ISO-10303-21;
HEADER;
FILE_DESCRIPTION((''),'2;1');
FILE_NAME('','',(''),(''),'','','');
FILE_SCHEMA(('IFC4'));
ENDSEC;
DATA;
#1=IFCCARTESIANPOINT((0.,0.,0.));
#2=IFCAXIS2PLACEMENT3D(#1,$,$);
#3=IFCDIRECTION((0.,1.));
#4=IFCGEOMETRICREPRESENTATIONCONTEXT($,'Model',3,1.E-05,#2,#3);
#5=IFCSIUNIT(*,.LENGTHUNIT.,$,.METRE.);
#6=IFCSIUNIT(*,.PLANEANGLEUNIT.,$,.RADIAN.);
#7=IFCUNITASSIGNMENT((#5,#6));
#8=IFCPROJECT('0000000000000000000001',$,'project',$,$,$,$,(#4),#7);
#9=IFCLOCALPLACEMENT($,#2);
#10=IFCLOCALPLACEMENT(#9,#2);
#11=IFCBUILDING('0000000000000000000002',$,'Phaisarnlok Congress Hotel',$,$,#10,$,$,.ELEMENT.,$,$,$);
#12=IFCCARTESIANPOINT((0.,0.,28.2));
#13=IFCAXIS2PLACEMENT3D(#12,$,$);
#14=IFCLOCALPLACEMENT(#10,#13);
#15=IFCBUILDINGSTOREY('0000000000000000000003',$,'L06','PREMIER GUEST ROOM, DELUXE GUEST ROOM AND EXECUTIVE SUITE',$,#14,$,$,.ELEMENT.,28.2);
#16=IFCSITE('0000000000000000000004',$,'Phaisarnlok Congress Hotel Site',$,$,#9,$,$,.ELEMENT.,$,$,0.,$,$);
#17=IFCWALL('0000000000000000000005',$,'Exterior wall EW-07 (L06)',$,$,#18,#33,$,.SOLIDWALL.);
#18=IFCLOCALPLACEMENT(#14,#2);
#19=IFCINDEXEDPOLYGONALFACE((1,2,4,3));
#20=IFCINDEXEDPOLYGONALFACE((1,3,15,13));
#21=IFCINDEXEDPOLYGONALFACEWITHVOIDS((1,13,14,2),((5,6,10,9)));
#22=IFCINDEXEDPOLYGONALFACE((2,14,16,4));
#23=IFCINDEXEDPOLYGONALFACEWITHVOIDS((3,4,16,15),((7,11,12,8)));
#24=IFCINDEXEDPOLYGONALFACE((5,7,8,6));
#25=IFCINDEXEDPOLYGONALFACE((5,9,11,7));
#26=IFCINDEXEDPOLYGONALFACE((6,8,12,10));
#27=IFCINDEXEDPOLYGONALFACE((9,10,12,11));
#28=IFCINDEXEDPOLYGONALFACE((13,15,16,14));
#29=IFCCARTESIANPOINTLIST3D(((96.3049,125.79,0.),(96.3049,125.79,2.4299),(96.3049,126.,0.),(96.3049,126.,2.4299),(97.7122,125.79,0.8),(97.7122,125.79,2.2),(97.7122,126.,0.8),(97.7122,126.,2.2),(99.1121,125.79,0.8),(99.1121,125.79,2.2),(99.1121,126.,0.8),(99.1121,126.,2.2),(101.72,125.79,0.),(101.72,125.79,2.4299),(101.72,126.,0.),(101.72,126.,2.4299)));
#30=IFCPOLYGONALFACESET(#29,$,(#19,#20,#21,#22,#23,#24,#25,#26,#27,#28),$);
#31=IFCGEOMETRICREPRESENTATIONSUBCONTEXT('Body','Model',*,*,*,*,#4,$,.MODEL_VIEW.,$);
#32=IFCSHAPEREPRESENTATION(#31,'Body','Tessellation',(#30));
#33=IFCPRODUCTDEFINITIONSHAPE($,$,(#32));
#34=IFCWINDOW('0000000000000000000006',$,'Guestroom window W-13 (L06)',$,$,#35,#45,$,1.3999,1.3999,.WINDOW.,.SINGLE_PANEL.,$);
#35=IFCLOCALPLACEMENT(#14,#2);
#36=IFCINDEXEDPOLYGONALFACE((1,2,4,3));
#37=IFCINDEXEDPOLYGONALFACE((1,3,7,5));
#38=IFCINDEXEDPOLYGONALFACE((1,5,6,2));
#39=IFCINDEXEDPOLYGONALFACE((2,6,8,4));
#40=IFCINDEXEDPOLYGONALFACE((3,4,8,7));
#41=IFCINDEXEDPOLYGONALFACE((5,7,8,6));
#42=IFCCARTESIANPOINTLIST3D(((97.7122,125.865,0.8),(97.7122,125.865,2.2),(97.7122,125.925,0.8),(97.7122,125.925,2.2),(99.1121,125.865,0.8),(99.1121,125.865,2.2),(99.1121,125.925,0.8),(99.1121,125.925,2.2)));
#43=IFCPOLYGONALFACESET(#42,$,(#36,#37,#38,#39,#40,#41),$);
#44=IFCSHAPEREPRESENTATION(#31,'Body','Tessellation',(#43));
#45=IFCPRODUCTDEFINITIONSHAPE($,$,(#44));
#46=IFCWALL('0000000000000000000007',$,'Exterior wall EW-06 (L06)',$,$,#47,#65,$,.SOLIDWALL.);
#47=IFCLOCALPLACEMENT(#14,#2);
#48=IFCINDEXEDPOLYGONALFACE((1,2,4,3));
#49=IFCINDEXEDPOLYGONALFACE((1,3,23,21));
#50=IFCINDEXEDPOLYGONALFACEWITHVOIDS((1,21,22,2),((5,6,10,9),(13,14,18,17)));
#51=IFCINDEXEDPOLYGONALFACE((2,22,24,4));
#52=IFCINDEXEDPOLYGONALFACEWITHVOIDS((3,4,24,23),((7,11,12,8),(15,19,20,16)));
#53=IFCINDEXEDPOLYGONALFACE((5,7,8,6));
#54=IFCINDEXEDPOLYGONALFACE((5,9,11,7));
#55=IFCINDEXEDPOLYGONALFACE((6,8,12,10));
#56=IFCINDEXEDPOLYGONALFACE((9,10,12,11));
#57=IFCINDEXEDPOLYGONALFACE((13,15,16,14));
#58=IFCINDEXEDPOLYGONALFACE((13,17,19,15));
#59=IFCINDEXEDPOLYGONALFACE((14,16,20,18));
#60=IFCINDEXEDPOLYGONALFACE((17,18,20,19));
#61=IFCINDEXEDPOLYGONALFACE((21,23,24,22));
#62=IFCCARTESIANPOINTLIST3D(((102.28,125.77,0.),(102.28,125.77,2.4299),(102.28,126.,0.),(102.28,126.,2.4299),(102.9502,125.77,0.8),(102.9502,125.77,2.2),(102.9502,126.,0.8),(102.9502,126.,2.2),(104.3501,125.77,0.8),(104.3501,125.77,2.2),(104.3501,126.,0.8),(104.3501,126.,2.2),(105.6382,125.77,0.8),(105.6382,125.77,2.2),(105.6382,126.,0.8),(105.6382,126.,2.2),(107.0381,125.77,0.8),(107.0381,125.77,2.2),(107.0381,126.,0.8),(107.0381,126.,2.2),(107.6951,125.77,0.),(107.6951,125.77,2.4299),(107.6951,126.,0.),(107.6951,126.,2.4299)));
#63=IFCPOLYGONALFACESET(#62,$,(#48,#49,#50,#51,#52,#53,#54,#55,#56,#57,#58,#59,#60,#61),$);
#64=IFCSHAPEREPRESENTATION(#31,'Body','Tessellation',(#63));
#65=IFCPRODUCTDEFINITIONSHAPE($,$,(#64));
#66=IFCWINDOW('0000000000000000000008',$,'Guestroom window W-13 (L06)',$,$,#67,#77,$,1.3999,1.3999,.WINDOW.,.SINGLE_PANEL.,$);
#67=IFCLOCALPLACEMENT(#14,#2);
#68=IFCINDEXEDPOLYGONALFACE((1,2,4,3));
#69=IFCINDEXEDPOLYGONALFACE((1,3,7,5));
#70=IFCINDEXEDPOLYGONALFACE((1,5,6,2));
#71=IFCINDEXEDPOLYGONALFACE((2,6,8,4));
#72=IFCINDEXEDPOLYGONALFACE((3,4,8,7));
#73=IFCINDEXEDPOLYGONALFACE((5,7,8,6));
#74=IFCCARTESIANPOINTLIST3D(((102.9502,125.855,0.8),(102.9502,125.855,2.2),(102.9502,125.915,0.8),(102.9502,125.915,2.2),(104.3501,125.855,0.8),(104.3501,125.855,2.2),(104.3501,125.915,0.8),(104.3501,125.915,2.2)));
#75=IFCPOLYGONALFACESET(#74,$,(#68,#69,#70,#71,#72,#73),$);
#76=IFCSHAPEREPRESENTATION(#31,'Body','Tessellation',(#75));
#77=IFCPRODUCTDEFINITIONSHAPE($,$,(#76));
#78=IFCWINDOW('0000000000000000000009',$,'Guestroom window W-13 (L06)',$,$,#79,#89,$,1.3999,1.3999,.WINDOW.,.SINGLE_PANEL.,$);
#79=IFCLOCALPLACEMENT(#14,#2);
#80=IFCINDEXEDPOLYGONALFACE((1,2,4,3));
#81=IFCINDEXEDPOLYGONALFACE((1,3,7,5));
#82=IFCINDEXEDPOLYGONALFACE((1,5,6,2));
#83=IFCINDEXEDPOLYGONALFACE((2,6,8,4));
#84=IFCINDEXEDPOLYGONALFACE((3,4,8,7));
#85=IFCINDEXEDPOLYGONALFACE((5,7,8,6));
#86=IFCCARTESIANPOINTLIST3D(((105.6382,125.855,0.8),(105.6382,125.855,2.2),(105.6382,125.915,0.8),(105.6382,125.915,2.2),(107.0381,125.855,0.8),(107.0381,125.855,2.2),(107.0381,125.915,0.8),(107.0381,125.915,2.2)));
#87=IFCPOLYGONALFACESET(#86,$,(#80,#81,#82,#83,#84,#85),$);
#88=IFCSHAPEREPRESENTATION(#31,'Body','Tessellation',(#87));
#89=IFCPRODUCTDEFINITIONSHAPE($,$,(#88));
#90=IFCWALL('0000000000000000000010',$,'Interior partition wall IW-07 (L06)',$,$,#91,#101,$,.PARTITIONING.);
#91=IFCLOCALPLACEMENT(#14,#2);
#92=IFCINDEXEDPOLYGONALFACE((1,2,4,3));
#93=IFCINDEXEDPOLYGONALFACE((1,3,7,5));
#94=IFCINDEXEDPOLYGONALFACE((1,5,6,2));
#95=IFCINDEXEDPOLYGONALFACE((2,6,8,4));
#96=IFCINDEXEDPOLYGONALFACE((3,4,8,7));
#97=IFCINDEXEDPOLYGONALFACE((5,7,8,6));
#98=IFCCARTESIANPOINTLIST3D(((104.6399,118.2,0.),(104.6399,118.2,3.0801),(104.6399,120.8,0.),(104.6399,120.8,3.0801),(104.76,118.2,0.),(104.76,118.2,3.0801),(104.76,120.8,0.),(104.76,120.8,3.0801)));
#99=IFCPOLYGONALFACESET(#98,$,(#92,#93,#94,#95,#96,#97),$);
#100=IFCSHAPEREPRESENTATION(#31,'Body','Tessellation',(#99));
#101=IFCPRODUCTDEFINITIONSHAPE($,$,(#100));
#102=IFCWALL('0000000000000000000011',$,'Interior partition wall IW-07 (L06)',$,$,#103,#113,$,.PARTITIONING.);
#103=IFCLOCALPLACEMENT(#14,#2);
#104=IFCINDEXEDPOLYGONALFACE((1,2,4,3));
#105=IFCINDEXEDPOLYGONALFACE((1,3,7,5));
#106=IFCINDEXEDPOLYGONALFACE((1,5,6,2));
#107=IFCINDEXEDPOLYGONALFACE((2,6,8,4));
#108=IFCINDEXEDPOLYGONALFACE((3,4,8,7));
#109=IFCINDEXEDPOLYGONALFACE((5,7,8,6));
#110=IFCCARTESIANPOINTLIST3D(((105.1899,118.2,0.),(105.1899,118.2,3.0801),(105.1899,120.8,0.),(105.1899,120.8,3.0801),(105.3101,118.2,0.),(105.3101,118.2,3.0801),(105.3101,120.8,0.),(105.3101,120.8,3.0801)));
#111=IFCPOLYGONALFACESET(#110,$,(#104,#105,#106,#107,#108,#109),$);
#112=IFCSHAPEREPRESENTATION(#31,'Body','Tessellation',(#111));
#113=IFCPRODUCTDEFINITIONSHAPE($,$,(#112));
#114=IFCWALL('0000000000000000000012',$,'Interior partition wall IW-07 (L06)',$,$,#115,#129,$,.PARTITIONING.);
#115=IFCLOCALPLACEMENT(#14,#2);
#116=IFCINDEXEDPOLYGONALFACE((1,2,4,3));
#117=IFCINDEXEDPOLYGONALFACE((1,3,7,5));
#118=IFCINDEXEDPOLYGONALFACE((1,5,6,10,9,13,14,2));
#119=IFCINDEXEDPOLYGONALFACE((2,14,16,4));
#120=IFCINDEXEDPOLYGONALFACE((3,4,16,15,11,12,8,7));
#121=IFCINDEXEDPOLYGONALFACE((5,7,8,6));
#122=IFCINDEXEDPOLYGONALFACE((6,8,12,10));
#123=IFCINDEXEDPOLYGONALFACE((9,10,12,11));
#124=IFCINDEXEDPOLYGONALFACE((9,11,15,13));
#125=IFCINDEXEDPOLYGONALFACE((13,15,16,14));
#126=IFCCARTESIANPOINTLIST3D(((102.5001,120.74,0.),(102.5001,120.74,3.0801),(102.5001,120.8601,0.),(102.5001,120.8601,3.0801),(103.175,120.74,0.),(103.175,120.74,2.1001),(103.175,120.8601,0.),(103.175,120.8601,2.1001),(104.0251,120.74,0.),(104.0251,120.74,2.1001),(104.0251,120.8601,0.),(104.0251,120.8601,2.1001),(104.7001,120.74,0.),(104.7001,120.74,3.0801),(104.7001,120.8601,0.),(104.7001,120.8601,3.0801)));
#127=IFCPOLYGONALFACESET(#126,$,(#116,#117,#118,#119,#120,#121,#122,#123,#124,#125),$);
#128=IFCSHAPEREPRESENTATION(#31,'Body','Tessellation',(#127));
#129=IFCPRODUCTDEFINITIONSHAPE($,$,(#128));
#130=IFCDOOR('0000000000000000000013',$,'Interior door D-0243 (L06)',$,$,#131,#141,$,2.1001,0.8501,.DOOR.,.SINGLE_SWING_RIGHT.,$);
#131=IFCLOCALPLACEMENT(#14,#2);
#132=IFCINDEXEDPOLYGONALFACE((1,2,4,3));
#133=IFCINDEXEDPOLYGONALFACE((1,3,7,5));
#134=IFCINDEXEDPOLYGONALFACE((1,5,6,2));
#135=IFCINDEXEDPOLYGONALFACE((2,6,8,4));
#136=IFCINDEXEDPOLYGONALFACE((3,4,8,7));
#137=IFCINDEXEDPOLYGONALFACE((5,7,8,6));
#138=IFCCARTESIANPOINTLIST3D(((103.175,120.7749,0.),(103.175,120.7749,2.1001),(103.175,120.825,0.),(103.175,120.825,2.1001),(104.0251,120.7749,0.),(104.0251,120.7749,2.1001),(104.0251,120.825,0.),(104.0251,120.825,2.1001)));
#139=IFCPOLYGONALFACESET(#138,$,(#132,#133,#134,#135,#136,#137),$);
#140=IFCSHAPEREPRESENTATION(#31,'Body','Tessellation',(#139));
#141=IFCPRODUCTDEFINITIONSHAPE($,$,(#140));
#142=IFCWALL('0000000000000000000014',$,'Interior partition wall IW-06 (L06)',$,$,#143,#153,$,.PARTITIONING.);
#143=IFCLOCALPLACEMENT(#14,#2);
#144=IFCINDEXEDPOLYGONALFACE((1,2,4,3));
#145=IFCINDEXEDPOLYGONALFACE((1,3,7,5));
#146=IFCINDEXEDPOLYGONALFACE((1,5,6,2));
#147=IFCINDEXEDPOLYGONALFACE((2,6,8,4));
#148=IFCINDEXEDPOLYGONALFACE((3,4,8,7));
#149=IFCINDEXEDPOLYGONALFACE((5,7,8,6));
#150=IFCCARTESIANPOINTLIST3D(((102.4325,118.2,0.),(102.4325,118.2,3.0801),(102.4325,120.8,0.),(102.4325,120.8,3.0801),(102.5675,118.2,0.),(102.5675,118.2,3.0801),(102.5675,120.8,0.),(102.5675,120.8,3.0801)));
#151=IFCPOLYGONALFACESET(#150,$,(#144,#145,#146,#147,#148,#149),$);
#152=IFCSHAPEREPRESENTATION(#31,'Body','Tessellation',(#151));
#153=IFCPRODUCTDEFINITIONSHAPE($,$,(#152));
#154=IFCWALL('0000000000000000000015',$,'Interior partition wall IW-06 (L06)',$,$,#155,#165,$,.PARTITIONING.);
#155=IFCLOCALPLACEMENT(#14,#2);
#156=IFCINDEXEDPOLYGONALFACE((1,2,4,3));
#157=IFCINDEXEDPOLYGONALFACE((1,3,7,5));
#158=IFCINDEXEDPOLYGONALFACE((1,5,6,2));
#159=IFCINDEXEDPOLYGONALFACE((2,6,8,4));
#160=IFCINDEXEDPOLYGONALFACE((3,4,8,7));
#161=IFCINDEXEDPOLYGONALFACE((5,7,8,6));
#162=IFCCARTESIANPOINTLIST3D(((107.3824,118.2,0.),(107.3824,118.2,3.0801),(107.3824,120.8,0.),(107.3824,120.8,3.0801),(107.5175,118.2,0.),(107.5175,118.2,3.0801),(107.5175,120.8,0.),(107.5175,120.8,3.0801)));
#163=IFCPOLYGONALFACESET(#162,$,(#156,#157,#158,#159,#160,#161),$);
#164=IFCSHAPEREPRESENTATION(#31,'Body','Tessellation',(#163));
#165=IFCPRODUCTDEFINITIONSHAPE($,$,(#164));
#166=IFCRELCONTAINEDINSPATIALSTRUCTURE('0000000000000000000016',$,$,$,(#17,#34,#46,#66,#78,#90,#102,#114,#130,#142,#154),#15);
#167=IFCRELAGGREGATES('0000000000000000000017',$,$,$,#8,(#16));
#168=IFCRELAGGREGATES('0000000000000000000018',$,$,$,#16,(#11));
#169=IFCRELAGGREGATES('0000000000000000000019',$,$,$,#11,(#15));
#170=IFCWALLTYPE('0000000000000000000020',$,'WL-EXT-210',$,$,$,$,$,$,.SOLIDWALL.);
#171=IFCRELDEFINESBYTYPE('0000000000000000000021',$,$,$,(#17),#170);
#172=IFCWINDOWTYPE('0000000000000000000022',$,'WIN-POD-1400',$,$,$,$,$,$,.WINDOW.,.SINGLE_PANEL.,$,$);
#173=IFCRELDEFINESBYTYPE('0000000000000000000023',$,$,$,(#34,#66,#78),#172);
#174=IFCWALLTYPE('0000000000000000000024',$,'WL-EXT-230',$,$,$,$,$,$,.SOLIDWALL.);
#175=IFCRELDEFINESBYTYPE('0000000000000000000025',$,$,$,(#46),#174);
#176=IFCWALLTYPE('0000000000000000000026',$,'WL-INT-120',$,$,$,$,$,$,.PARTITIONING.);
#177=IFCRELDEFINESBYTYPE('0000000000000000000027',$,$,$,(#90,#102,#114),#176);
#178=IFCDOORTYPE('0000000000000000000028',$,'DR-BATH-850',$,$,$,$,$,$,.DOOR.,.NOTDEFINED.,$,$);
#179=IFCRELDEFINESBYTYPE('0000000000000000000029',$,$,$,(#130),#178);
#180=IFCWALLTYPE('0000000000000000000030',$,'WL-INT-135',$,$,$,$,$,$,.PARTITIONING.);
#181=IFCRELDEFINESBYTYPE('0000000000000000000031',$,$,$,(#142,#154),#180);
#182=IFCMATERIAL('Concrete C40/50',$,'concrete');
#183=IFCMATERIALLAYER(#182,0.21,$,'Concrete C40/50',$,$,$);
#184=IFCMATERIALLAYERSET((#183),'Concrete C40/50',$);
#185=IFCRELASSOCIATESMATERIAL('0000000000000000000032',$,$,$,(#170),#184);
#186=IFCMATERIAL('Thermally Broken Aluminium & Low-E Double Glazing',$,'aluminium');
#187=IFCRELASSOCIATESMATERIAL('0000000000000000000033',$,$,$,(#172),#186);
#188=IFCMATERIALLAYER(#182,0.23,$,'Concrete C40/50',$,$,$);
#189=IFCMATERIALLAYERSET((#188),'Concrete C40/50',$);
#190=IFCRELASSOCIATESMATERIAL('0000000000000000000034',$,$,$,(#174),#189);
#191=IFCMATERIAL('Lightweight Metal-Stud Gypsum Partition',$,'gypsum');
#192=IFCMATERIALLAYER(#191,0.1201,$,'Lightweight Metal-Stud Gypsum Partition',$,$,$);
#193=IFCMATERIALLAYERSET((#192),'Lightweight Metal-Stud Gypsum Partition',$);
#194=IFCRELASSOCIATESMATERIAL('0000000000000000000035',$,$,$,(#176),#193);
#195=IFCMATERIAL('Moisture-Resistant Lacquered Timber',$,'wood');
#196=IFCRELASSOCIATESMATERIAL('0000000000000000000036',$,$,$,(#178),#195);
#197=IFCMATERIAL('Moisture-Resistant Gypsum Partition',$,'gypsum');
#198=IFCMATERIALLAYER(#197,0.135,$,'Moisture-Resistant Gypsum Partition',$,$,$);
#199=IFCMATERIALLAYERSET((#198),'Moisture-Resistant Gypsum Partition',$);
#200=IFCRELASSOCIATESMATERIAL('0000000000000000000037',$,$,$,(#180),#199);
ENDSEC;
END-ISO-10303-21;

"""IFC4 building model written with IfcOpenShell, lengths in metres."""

from ifc_helpers import new_model, si_unit, direction, frame, frame_2d, origin, place, context, subcontext, project, spatial, rectangle, extrude, material, layer, layer_set, type_object, element, fill, save


model = new_model("IFC4")

# Units and contexts
model_context = context("Model", 3, precision=1e-05, world=origin(), true_north=direction((0.0, 1.0)))
body_context = subcontext(model_context, "Body", "Model", "MODEL_VIEW")
ifc_project = project(units=[si_unit("LENGTHUNIT", "METRE"), si_unit("PLANEANGLEUNIT", "RADIAN")], contexts=[model_context])

# Site, building, storey
site_placement = place(None, origin())
site = spatial("IfcSite", under=ifc_project, at=site_placement, Name="Phaisarnlok Congress Hotel Site", CompositionType="ELEMENT", RefElevation=0.0)
building_placement = place(site_placement, origin())
building = spatial("IfcBuilding", under=site, at=building_placement, Name="Phaisarnlok Congress Hotel", CompositionType="ELEMENT")
storey_placement = place(building_placement, frame((0.0, 0.0, 28.2)))
storey = spatial("IfcBuildingStorey", under=building, at=storey_placement, Name="L06", Description="PREMIER GUEST ROOM, DELUXE GUEST ROOM AND EXECUTIVE SUITE", CompositionType="ELEMENT", Elevation=28.2)

# Shared definitions
ifc_material_1 = material(Name="Concrete C40/50", Category="concrete")

# Wall, opening, window
ifc_layer_1 = layer(ifc_material_1, 0.21, Name="Concrete C40/50")
ifc_layer_set_1 = layer_set([ifc_layer_1], Name="Concrete C40/50")
wall_type_1 = type_object("IfcWallType", Name="WL-EXT-210", PredefinedType="SOLIDWALL", material=ifc_layer_set_1)
wall_1_placement = place(storey_placement, frame((101.72, 125.895, 0.0), z_axis=(0.0, 0.0, 1.0), x_axis=(-1.0, 0.0, 0.0)))
wall_1 = element("IfcWall", 1, at=wall_1_placement, inside=storey, type_object=wall_type_1, Name="Exterior wall EW-07 (L06)", PredefinedType="SOLIDWALL", context=body_context, shape_type="SweptSolid", body=[
    extrude(rectangle(XDim=5.415, YDim=0.21, at=frame_2d((2.7075, 0.0))), origin(), (0.0, 0.0, 1.0), 2.4299),
])
opening_1_placement = place(wall_1_placement, frame((2.6079, 0.0, 0.8)))
opening_1 = element("IfcOpeningElement", 2, at=opening_1_placement, cuts=wall_1, PredefinedType="OPENING", context=body_context, shape_type="SweptSolid", body=[
    extrude(rectangle(XDim=1.3999, YDim=1.3999, at=frame_2d((0.7, 0.7))), frame((0.0, 0.115, 0.0), z_axis=(0.0, -1.0, 0.0), x_axis=(1.0, 0.0, 0.0)), (0.0, 0.0, 1.0), 0.23),
])
ifc_material_2 = material(Name="Thermally Broken Aluminium & Low-E Double Glazing", Category="aluminium")
window_type = type_object("IfcWindowType", Name="WIN-POD-1400", PartitioningType="SINGLE_PANEL", PredefinedType="WINDOW", material=ifc_material_2)
window_1_placement = place(opening_1_placement, origin())
window_1 = element("IfcWindow", 3, at=window_1_placement, inside=storey, type_object=window_type, Name="Guestroom window W-13 (L06)", OverallHeight=1.3999, OverallWidth=1.3999, PartitioningType="SINGLE_PANEL", PredefinedType="WINDOW", context=body_context, shape_type="SweptSolid", body=[
    extrude(rectangle(XDim=1.3999, YDim=1.3999, at=frame_2d((0.7, 0.7))), frame((0.0, 0.03, 0.0), z_axis=(0.0, -1.0, 0.0), x_axis=(1.0, 0.0, 0.0)), (0.0, 0.0, 1.0), 0.0601),
])
fill(opening_1, window_1)

# Wall, openings, windows
ifc_layer_2 = layer(ifc_material_1, 0.23, Name="Concrete C40/50")
ifc_layer_set_2 = layer_set([ifc_layer_2], Name="Concrete C40/50")
wall_type_2 = type_object("IfcWallType", Name="WL-EXT-230", PredefinedType="SOLIDWALL", material=ifc_layer_set_2)
wall_2_placement = place(storey_placement, frame((107.6951, 125.885, 0.0), z_axis=(0.0, 0.0, 1.0), x_axis=(-1.0, 0.0, 0.0)))
wall_2 = element("IfcWall", 4, at=wall_2_placement, inside=storey, type_object=wall_type_2, Name="Exterior wall EW-06 (L06)", PredefinedType="SOLIDWALL", context=body_context, shape_type="SweptSolid", body=[
    extrude(rectangle(XDim=5.415, YDim=0.23, at=frame_2d((2.7075, 0.0))), origin(), (0.0, 0.0, 1.0), 2.4299),
])
opening_2_placement = place(wall_2_placement, frame((3.345, 0.0, 0.8)))
opening_2 = element("IfcOpeningElement", 5, at=opening_2_placement, cuts=wall_2, PredefinedType="OPENING", context=body_context, shape_type="SweptSolid", body=[
    extrude(rectangle(XDim=1.3999, YDim=1.3999, at=frame_2d((0.7, 0.7))), frame((0.0, 0.125, 0.0), z_axis=(0.0, -1.0, 0.0), x_axis=(1.0, 0.0, 0.0)), (0.0, 0.0, 1.0), 0.25),
])
opening_3_placement = place(wall_2_placement, frame((0.657, 0.0, 0.8)))
opening_3 = element("IfcOpeningElement", 6, at=opening_3_placement, cuts=wall_2, PredefinedType="OPENING", context=body_context, shape_type="SweptSolid", body=[
    extrude(rectangle(XDim=1.3999, YDim=1.3999, at=frame_2d((0.7, 0.7))), frame((0.0, 0.125, 0.0), z_axis=(0.0, -1.0, 0.0), x_axis=(1.0, 0.0, 0.0)), (0.0, 0.0, 1.0), 0.25),
])
window_2_placement = place(opening_2_placement, origin())
window_2 = element("IfcWindow", 7, at=window_2_placement, inside=storey, type_object=window_type, Name="Guestroom window W-13 (L06)", OverallHeight=1.3999, OverallWidth=1.3999, PartitioningType="SINGLE_PANEL", PredefinedType="WINDOW", context=body_context, shape_type="SweptSolid", body=[
    extrude(rectangle(XDim=1.3999, YDim=1.3999, at=frame_2d((0.7, 0.7))), frame((0.0, 0.03, 0.0), z_axis=(0.0, -1.0, 0.0), x_axis=(1.0, 0.0, 0.0)), (0.0, 0.0, 1.0), 0.0601),
])
fill(opening_2, window_2)
window_3_placement = place(opening_3_placement, origin())
window_3 = element("IfcWindow", 8, at=window_3_placement, inside=storey, type_object=window_type, Name="Guestroom window W-13 (L06)", OverallHeight=1.3999, OverallWidth=1.3999, PartitioningType="SINGLE_PANEL", PredefinedType="WINDOW", context=body_context, shape_type="SweptSolid", body=[
    extrude(rectangle(XDim=1.3999, YDim=1.3999, at=frame_2d((0.7, 0.7))), frame((0.0, 0.03, 0.0), z_axis=(0.0, -1.0, 0.0), x_axis=(1.0, 0.0, 0.0)), (0.0, 0.0, 1.0), 0.0601),
])
fill(opening_3, window_3)

# Walls
ifc_material_3 = material(Name="Lightweight Metal-Stud Gypsum Partition", Category="gypsum")
ifc_layer_3 = layer(ifc_material_3, 0.1201, Name="Lightweight Metal-Stud Gypsum Partition")
ifc_layer_set_3 = layer_set([ifc_layer_3], Name="Lightweight Metal-Stud Gypsum Partition")
wall_type_3 = type_object("IfcWallType", Name="WL-INT-120", PredefinedType="PARTITIONING", material=ifc_layer_set_3)
for number, where, z_axis, x_axis, name in (
    (9, (104.7, 118.2, 0.0), (0.0, 0.0, 1.0), (0.0, 1.0, 0.0), "Interior partition wall IW-07 (L06)"),
    (10, (105.25, 118.2, 0.0), (0.0, 0.0, 1.0), (0.0, 1.0, 0.0), "Interior partition wall IW-07 (L06)"),
):
    element("IfcWall", number, at=place(storey_placement, frame(where, z_axis=z_axis, x_axis=x_axis)), inside=storey, type_object=wall_type_3, Name=name, PredefinedType="PARTITIONING", context=body_context, shape_type="SweptSolid", body=[
        extrude(rectangle(XDim=2.6001, YDim=0.1201, at=frame_2d((1.3, 0.0))), origin(), (0.0, 0.0, 1.0), 3.0801),
    ])

# Wall, opening, door
wall_3_placement = place(storey_placement, frame((102.5, 120.8, 0.0), z_axis=(0.0, 0.0, 1.0), x_axis=(1.0, 0.0, 0.0)))
wall_3 = element("IfcWall", 11, at=wall_3_placement, inside=storey, type_object=wall_type_3, Name="Interior partition wall IW-07 (L06)", PredefinedType="PARTITIONING", context=body_context, shape_type="SweptSolid", body=[
    extrude(rectangle(XDim=2.2, YDim=0.1201, at=frame_2d((1.1001, 0.0))), origin(), (0.0, 0.0, 1.0), 3.0801),
])
opening_4_placement = place(wall_3_placement, frame((0.675, 0.0, 0.0)))
opening_4 = element("IfcOpeningElement", 12, at=opening_4_placement, cuts=wall_3, PredefinedType="OPENING", context=body_context, shape_type="SweptSolid", body=[
    extrude(rectangle(XDim=0.8501, YDim=2.1001, at=frame_2d((0.425, 1.05))), frame((0.0, 0.0701, 0.0), z_axis=(0.0, -1.0, 0.0), x_axis=(1.0, 0.0, 0.0)), (0.0, 0.0, 1.0), 0.1401),
])
ifc_material_4 = material(Name="Moisture-Resistant Lacquered Timber", Category="wood")
door_type = type_object("IfcDoorType", Name="DR-BATH-850", OperationType="NOTDEFINED", PredefinedType="DOOR", material=ifc_material_4)
door_1_placement = place(opening_4_placement, origin())
door_1 = element("IfcDoor", 13, at=door_1_placement, inside=storey, type_object=door_type, Name="Interior door D-0243 (L06)", OperationType="SINGLE_SWING_RIGHT", OverallHeight=2.1001, OverallWidth=0.8501, PredefinedType="DOOR", context=body_context, shape_type="SweptSolid", body=[
    extrude(rectangle(XDim=0.8501, YDim=2.1001, at=frame_2d((0.425, 1.05))), frame((0.0, 0.0249, 0.0), z_axis=(0.0, -1.0, 0.0), x_axis=(1.0, 0.0, 0.0)), (0.0, 0.0, 1.0), 0.05),
])
fill(opening_4, door_1)

# Walls
ifc_material_5 = material(Name="Moisture-Resistant Gypsum Partition", Category="gypsum")
ifc_layer_4 = layer(ifc_material_5, 0.135, Name="Moisture-Resistant Gypsum Partition")
ifc_layer_set_4 = layer_set([ifc_layer_4], Name="Moisture-Resistant Gypsum Partition")
wall_type_4 = type_object("IfcWallType", Name="WL-INT-135", PredefinedType="PARTITIONING", material=ifc_layer_set_4)
for number, where, z_axis, x_axis, name in (
    (14, (102.5, 118.2, 0.0), (0.0, 0.0, 1.0), (0.0, 1.0, 0.0), "Interior partition wall IW-06 (L06)"),
    (15, (107.45, 118.2, 0.0), (0.0, 0.0, 1.0), (0.0, 1.0, 0.0), "Interior partition wall IW-06 (L06)"),
):
    element("IfcWall", number, at=place(storey_placement, frame(where, z_axis=z_axis, x_axis=x_axis)), inside=storey, type_object=wall_type_4, Name=name, PredefinedType="PARTITIONING", context=body_context, shape_type="SweptSolid", body=[
        extrude(rectangle(XDim=2.6001, YDim=0.135, at=frame_2d((1.3, 0.0))), origin(), (0.0, 0.0, 1.0), 3.0801),
    ])

save(model, "model.ifc")
